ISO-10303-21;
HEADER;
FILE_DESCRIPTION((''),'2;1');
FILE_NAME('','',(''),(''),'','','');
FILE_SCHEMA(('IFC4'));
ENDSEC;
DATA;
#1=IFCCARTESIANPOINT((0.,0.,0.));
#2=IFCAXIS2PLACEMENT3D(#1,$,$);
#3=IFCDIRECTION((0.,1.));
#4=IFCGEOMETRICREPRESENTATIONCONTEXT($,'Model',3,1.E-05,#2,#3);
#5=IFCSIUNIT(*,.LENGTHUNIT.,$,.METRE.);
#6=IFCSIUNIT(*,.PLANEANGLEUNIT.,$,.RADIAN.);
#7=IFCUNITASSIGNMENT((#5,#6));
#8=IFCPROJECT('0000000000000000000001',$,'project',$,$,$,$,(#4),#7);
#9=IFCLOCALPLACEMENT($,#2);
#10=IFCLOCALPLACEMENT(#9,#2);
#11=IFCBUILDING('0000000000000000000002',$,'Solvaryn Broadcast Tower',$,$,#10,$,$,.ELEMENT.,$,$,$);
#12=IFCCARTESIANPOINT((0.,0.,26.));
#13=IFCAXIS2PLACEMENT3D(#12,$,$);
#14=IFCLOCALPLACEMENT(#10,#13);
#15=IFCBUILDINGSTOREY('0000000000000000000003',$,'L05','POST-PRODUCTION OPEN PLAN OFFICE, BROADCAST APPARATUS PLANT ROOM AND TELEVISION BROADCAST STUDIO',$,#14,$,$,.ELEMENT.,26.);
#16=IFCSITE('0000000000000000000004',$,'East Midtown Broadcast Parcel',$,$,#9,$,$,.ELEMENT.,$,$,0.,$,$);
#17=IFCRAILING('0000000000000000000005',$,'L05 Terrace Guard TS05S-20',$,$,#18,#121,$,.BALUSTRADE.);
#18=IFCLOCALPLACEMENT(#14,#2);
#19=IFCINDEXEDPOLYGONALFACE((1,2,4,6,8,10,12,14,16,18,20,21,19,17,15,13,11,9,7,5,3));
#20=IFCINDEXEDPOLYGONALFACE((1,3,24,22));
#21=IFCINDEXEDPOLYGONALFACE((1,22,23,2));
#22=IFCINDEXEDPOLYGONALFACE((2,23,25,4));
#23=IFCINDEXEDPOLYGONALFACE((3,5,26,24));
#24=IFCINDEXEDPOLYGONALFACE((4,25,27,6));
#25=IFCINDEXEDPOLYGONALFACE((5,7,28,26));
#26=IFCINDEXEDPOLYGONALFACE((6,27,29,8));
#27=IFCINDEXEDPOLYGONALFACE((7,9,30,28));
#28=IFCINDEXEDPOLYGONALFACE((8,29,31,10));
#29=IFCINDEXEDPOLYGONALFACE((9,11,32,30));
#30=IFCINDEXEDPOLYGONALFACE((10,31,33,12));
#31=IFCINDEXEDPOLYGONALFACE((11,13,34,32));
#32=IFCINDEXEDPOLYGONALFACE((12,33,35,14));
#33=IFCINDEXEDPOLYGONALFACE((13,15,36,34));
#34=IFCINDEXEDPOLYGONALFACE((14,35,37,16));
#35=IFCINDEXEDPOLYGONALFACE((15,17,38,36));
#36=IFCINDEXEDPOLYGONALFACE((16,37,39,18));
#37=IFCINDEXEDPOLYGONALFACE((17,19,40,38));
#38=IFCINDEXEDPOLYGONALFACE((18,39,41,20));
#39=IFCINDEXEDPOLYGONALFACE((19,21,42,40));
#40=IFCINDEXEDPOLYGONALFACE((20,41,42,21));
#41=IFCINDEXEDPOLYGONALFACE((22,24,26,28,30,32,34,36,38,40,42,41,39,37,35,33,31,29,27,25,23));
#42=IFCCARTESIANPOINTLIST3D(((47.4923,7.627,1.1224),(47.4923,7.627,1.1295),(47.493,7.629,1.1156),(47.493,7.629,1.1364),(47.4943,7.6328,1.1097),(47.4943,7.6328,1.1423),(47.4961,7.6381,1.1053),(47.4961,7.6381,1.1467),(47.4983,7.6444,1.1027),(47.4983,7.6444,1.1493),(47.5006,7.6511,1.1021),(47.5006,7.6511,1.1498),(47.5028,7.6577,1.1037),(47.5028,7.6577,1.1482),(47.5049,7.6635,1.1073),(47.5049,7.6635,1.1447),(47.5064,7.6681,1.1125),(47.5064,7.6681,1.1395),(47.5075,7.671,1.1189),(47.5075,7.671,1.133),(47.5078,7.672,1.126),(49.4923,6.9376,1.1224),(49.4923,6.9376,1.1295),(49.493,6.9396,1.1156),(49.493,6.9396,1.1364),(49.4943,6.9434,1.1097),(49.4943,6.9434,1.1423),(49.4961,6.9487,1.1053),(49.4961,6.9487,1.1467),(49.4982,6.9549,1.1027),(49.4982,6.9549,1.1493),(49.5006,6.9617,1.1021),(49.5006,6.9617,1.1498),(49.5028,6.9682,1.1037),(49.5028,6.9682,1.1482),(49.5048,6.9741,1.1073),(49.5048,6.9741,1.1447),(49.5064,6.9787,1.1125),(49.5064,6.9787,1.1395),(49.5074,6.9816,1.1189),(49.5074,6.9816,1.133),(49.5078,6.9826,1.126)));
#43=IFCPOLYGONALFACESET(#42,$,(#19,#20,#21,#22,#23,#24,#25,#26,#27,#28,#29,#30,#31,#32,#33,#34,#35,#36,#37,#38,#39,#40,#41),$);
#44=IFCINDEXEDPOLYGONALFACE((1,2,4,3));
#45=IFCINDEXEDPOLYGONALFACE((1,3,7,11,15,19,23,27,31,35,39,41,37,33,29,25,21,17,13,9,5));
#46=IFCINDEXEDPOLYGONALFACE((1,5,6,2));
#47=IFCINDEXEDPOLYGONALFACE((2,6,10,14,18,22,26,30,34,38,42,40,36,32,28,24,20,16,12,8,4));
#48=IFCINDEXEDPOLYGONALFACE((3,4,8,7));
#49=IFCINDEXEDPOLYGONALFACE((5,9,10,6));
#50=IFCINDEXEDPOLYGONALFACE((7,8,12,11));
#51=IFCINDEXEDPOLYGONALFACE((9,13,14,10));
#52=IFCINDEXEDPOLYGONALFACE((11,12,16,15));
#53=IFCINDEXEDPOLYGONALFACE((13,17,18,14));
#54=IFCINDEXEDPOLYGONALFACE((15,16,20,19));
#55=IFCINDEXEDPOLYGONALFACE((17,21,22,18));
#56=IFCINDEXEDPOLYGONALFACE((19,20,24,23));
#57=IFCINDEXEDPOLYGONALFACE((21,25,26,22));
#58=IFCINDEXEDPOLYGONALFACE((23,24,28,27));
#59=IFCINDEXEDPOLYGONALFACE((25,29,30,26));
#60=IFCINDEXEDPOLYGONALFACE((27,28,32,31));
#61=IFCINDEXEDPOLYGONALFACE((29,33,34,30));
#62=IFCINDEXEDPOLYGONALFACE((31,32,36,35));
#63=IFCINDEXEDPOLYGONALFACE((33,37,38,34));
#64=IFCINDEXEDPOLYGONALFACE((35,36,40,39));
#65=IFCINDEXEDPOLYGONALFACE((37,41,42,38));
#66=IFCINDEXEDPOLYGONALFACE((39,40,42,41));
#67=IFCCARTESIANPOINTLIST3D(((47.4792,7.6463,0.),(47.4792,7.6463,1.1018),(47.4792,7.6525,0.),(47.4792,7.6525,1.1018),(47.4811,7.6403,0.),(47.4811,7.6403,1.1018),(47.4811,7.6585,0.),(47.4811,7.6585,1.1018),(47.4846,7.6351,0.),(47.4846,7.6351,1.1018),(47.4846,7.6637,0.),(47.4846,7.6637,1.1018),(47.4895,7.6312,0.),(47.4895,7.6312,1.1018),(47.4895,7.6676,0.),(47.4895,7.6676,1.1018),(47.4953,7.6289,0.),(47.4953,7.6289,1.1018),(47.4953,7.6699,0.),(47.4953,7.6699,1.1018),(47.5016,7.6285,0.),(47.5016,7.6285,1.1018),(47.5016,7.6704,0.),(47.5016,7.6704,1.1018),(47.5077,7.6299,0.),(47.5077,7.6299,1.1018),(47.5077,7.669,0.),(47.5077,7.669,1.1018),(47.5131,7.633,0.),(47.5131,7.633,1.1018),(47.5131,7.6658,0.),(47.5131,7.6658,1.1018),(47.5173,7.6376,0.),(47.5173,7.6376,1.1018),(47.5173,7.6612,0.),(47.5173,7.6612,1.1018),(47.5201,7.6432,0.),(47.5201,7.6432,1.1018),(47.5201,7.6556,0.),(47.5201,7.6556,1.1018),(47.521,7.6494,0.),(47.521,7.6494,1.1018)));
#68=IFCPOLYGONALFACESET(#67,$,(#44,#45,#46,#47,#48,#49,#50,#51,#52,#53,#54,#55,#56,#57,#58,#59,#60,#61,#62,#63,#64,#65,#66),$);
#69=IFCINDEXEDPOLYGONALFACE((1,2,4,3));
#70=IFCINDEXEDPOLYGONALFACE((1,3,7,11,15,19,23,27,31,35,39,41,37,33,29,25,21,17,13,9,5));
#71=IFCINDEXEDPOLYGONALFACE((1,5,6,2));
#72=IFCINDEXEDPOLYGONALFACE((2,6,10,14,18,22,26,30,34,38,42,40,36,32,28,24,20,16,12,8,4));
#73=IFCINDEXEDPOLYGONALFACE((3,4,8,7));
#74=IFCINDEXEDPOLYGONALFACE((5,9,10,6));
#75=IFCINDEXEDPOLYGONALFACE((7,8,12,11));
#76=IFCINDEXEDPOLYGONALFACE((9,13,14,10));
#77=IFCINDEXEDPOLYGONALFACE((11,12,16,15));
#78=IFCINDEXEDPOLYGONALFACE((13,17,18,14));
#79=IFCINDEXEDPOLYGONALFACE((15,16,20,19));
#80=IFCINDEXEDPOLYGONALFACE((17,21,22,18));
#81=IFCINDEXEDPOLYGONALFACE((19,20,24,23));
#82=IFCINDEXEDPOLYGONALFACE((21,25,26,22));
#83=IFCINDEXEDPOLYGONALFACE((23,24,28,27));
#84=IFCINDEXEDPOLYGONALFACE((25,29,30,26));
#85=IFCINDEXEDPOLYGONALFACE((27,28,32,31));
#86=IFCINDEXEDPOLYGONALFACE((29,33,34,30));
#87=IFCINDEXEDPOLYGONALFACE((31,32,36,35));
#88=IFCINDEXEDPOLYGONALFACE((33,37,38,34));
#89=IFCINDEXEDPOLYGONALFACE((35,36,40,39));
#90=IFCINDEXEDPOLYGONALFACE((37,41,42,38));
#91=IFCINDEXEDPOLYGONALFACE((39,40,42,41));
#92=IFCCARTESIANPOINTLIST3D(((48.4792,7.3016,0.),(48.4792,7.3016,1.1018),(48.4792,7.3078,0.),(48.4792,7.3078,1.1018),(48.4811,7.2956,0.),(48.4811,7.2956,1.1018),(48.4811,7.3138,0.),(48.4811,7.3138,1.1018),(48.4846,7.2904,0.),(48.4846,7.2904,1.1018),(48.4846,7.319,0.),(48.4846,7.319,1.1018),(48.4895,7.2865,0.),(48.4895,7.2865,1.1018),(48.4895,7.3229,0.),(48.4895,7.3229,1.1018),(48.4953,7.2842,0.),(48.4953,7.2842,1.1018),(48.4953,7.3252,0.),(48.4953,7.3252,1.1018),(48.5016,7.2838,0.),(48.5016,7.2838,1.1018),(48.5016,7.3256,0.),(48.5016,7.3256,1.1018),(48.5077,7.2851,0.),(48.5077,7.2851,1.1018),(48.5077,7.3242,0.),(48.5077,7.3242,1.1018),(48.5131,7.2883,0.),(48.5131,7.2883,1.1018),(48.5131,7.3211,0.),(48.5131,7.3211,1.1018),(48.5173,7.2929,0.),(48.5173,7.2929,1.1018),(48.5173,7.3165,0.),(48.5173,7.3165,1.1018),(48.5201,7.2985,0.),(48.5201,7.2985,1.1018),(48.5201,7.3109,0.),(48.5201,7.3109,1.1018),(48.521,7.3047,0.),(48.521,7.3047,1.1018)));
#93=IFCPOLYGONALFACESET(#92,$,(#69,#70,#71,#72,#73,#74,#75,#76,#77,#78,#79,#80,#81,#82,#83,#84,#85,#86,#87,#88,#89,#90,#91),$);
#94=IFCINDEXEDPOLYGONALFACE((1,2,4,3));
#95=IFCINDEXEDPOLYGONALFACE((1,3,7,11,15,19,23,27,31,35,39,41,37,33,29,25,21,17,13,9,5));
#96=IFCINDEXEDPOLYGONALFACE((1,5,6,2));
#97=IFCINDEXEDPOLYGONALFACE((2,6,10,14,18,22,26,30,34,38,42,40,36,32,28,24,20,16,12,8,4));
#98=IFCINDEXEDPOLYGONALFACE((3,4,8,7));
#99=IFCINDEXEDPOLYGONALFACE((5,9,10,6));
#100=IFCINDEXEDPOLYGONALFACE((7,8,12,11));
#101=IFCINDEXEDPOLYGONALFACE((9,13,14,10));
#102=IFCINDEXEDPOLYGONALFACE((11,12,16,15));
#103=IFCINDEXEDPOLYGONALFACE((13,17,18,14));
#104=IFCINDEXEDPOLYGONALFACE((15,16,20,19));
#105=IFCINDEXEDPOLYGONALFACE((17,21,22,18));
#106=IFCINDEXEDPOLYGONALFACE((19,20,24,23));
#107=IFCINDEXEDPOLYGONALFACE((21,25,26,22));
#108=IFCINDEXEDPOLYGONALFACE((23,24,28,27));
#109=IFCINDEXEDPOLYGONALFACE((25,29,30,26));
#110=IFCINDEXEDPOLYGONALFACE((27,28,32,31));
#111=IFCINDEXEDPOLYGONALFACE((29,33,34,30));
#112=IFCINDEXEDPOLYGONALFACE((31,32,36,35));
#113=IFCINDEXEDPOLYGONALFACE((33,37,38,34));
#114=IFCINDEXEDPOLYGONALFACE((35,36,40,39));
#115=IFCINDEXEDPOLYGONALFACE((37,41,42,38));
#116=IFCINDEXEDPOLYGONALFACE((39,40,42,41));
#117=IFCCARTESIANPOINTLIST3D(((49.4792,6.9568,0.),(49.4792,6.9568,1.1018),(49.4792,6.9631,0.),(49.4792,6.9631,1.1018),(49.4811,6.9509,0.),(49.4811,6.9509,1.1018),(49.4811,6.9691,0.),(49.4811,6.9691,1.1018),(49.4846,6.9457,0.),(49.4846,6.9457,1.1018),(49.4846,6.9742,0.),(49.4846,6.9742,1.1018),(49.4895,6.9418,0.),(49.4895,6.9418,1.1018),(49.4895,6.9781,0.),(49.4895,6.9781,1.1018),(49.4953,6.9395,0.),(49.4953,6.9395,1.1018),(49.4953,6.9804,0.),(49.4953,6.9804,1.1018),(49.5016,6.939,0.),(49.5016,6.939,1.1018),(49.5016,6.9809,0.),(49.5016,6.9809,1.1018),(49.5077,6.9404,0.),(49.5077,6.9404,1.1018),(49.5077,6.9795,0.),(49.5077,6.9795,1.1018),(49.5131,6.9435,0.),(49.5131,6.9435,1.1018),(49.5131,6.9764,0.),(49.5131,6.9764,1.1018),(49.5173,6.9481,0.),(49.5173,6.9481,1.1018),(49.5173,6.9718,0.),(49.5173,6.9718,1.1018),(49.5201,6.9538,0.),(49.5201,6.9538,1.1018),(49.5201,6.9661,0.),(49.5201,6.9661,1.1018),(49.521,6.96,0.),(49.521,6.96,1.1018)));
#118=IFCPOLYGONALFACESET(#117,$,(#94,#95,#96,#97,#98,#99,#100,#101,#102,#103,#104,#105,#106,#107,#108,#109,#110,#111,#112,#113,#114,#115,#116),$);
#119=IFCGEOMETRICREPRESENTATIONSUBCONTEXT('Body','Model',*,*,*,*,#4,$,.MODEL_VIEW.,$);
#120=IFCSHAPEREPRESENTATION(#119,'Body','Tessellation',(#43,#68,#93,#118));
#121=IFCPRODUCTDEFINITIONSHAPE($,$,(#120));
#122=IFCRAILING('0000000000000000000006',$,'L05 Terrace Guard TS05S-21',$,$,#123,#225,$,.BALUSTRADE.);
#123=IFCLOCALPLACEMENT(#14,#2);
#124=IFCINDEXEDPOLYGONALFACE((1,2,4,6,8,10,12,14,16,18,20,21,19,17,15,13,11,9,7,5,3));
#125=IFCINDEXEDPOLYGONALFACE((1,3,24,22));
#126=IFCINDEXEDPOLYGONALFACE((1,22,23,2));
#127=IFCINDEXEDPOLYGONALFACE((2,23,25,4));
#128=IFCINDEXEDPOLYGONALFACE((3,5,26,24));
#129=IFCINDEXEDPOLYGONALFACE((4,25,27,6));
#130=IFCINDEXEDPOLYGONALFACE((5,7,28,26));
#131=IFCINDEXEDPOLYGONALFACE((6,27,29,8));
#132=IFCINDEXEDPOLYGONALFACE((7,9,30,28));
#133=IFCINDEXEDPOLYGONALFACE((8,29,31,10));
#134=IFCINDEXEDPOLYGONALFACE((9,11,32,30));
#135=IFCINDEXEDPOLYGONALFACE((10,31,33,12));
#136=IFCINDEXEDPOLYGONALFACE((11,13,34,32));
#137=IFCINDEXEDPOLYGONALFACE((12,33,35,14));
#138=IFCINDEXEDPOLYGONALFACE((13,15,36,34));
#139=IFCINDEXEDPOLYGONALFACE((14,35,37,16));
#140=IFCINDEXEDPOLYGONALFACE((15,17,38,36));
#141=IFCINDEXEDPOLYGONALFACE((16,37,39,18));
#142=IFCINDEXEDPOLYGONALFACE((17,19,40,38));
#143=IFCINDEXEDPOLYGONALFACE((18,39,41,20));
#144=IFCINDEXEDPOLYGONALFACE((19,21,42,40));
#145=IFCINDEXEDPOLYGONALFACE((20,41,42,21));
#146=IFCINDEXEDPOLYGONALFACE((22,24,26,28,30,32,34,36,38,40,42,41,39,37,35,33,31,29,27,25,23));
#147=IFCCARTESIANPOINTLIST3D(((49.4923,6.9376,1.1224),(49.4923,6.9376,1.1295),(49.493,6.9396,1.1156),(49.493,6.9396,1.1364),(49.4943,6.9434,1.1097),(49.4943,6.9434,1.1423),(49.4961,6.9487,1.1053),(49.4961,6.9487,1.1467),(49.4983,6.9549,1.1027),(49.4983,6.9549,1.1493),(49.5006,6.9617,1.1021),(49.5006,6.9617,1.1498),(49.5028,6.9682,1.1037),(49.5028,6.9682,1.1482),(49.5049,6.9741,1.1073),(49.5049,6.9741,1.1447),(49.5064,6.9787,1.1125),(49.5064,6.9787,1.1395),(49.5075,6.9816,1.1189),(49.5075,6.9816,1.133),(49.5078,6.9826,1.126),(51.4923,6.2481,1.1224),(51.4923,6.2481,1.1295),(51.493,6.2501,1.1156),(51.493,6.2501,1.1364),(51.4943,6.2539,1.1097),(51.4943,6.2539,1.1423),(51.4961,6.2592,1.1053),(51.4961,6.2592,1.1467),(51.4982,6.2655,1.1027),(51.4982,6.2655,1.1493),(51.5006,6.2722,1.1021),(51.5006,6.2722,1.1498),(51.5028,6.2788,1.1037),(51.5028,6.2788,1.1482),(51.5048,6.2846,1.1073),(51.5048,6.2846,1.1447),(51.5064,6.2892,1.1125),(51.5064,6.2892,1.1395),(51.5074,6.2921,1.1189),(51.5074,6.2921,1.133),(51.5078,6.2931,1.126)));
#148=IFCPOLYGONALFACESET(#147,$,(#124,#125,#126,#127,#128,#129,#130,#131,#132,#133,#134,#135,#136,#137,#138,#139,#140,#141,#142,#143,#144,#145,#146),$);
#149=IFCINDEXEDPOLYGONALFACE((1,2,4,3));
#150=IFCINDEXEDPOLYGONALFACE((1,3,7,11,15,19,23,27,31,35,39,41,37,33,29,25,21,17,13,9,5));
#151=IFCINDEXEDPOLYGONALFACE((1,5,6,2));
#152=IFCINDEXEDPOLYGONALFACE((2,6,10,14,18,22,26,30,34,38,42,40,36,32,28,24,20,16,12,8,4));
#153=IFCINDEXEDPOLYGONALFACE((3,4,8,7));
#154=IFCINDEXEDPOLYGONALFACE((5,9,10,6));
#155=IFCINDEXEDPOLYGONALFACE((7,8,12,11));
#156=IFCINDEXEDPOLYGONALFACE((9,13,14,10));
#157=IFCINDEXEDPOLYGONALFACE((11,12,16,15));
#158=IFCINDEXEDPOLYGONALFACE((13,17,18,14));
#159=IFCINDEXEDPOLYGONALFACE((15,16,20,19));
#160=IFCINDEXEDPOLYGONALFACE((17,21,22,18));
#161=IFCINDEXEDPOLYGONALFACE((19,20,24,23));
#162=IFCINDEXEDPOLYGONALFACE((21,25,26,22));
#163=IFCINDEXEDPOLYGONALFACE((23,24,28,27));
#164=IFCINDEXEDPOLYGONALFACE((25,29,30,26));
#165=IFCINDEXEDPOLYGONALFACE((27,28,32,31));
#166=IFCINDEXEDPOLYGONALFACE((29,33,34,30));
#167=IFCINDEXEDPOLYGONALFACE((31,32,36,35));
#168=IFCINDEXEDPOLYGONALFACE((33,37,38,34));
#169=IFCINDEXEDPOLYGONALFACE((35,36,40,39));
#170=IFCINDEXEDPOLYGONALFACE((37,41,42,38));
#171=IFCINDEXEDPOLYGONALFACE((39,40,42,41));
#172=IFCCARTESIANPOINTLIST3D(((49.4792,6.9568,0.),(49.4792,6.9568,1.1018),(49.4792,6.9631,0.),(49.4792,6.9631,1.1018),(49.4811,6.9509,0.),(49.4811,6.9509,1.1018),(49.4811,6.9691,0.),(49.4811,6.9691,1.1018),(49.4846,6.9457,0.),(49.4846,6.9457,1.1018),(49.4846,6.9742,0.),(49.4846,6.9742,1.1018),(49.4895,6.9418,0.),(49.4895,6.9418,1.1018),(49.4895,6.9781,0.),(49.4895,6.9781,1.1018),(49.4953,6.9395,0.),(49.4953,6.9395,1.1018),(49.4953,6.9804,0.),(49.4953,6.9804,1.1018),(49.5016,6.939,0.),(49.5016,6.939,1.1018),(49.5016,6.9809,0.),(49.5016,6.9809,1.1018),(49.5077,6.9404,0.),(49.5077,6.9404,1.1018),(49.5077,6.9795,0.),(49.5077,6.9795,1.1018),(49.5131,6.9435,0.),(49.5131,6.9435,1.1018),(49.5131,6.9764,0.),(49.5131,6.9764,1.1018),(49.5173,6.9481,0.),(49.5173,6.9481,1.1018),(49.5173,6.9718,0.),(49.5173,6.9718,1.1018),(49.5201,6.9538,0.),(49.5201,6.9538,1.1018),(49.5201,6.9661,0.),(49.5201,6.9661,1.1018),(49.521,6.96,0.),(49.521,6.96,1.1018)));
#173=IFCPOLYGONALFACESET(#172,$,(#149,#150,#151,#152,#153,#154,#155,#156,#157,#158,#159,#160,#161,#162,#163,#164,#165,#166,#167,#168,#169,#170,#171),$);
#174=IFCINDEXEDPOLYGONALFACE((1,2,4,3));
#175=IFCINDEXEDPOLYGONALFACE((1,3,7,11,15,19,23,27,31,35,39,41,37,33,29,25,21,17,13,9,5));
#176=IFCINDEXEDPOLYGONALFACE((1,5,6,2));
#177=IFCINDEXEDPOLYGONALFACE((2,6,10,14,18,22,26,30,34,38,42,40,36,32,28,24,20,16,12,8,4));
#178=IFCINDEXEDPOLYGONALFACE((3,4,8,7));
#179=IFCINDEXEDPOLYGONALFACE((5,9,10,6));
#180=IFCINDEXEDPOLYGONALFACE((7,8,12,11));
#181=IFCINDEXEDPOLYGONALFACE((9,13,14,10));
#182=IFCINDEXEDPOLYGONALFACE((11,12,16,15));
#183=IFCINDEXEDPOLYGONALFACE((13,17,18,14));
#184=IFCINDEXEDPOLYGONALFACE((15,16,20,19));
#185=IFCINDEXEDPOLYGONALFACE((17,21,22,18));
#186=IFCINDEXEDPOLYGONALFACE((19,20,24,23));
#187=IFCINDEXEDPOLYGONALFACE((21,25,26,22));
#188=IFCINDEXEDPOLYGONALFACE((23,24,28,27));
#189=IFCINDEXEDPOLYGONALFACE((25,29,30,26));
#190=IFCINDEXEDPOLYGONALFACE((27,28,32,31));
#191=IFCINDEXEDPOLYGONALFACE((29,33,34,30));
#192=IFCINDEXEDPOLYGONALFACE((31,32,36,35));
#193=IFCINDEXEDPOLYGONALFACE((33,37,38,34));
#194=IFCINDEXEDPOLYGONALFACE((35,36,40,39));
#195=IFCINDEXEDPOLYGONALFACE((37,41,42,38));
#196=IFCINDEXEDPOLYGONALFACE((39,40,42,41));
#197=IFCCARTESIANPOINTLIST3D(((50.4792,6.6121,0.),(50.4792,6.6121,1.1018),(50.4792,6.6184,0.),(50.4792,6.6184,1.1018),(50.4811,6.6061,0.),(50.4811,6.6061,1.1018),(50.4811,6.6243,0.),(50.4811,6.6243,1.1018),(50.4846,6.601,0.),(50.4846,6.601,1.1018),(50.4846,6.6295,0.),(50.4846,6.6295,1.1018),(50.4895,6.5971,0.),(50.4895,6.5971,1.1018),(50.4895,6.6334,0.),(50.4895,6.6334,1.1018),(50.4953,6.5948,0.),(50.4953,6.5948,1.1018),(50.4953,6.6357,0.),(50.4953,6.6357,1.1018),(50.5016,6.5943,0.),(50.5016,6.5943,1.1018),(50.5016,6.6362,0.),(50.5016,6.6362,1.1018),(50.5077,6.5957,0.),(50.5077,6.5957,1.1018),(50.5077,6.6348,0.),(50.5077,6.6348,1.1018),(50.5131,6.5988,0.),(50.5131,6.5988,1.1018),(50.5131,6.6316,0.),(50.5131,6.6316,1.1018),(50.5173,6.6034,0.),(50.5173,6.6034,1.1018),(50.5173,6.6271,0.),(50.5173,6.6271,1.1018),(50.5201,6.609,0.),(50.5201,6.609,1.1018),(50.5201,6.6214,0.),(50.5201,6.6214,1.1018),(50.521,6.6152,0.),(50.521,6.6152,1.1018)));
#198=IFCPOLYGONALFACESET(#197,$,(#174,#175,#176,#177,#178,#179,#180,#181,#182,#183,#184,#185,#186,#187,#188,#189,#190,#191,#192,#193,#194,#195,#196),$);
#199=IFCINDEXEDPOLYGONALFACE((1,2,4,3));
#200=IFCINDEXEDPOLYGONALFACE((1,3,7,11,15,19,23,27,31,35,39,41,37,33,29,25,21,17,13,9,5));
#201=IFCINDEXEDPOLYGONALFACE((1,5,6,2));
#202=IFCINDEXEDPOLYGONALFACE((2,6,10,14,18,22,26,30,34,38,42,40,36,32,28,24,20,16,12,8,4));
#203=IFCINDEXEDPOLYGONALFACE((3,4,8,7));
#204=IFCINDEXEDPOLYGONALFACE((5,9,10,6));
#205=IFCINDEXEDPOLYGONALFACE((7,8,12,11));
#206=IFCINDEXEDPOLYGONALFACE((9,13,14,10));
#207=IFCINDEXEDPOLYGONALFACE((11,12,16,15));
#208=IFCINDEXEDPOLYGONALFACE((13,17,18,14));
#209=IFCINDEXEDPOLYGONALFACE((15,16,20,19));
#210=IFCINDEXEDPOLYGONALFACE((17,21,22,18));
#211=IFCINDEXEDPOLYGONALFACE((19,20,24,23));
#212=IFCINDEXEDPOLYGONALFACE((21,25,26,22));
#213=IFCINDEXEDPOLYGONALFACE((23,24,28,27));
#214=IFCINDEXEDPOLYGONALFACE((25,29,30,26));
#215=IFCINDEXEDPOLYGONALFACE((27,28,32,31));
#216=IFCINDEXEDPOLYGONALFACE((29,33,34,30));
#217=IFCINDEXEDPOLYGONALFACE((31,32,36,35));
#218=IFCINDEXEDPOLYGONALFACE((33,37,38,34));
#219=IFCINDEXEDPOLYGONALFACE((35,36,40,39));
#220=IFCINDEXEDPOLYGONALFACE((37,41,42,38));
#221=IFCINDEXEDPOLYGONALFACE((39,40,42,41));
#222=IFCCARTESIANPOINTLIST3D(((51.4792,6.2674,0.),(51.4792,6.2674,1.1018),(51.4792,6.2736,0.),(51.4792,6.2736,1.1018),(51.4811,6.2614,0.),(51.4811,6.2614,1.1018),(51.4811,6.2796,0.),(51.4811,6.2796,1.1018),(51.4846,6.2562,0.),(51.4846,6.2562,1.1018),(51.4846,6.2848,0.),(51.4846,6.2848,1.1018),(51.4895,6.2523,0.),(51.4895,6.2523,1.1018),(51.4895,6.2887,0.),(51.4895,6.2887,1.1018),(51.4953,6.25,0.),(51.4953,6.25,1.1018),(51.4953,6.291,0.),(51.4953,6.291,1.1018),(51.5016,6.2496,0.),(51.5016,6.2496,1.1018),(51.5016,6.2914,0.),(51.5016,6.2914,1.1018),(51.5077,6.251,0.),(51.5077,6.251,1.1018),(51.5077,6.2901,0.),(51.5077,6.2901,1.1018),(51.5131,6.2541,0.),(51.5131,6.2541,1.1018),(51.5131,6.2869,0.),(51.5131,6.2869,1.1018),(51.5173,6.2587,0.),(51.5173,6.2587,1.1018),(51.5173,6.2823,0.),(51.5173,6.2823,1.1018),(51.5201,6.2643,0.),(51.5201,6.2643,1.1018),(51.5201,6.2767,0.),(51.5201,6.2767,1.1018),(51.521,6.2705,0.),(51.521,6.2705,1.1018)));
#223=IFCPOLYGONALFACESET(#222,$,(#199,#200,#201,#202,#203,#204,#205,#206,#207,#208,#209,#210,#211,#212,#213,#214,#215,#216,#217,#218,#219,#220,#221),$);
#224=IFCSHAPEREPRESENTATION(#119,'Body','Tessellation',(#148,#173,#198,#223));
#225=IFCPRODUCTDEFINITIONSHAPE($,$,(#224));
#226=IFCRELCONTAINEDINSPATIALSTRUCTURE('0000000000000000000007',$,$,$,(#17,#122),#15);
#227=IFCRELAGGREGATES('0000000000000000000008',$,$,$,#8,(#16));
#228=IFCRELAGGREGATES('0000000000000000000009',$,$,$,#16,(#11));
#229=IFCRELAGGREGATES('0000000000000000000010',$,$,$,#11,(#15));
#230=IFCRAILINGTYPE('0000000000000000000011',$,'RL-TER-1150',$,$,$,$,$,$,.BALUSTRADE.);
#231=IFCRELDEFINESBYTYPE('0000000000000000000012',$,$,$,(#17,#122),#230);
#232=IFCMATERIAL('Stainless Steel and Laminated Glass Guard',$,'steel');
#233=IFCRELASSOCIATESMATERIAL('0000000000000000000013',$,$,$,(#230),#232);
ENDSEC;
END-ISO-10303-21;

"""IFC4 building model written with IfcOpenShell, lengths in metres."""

from ifc_helpers import new_model, si_unit, direction, frame, origin, origin_2d, place, context, subcontext, project, spatial, circle, extrude, material, type_object, element, save


model = new_model("IFC4")

# Units and contexts
model_context = context("Model", 3, precision=1e-05, world=origin(), true_north=direction((0.0, 1.0)))
body_context = subcontext(model_context, "Body", "Model", "MODEL_VIEW")
ifc_project = project(units=[si_unit("LENGTHUNIT", "METRE"), si_unit("PLANEANGLEUNIT", "RADIAN")], contexts=[model_context])

# Site, building, storey
site_placement = place(None, origin())
site = spatial("IfcSite", under=ifc_project, at=site_placement, Name="East Midtown Broadcast Parcel", CompositionType="ELEMENT", RefElevation=0.0)
building_placement = place(site_placement, origin())
building = spatial("IfcBuilding", under=site, at=building_placement, Name="Solvaryn Broadcast Tower", CompositionType="ELEMENT")
storey_placement = place(building_placement, frame((0.0, 0.0, 26.0)))
storey = spatial("IfcBuildingStorey", under=building, at=storey_placement, Name="L05", Description="POST-PRODUCTION OPEN PLAN OFFICE, BROADCAST APPARATUS PLANT ROOM AND TELEVISION BROADCAST STUDIO", CompositionType="ELEMENT", Elevation=26.0)

# Railings
ifc_material_1 = material(Name="Stainless Steel and Laminated Glass Guard", Category="steel")
railing_type = type_object("IfcRailingType", Name="RL-TER-1150", PredefinedType="BALUSTRADE", material=ifc_material_1)
for number, where, name in (
    (1, (47.5, 7.6494, 0.0), "L05 Terrace Guard TS05S-20"),
    (2, (49.5, 6.96, 0.0), "L05 Terrace Guard TS05S-21"),
):
    element("IfcRailing", number, at=place(storey_placement, frame(where)), inside=storey, type_object=railing_type, Name=name, PredefinedType="BALUSTRADE", context=body_context, shape_type="SweptSolid", body=[
        extrude(circle(Radius=0.0239, at=origin_2d()), frame((0.0, 0.0, 1.126), z_axis=(0.945402, -0.325905, 0.0), x_axis=(0.325905, 0.945402, 0.0)), (0.0, 0.0, 1.0), 2.1155),
        extrude(circle(Radius=0.021, at=origin_2d()), origin(), (0.0, 0.0, 1.0), 1.1018),
        extrude(circle(Radius=0.021, at=origin_2d()), frame((1.0, -0.3447, 0.0)), (0.0, 0.0, 1.0), 1.1018),
        extrude(circle(Radius=0.021, at=origin_2d()), frame((2.0, -0.6895, 0.0)), (0.0, 0.0, 1.0), 1.1018),
    ])

save(model, "model.ifc")
